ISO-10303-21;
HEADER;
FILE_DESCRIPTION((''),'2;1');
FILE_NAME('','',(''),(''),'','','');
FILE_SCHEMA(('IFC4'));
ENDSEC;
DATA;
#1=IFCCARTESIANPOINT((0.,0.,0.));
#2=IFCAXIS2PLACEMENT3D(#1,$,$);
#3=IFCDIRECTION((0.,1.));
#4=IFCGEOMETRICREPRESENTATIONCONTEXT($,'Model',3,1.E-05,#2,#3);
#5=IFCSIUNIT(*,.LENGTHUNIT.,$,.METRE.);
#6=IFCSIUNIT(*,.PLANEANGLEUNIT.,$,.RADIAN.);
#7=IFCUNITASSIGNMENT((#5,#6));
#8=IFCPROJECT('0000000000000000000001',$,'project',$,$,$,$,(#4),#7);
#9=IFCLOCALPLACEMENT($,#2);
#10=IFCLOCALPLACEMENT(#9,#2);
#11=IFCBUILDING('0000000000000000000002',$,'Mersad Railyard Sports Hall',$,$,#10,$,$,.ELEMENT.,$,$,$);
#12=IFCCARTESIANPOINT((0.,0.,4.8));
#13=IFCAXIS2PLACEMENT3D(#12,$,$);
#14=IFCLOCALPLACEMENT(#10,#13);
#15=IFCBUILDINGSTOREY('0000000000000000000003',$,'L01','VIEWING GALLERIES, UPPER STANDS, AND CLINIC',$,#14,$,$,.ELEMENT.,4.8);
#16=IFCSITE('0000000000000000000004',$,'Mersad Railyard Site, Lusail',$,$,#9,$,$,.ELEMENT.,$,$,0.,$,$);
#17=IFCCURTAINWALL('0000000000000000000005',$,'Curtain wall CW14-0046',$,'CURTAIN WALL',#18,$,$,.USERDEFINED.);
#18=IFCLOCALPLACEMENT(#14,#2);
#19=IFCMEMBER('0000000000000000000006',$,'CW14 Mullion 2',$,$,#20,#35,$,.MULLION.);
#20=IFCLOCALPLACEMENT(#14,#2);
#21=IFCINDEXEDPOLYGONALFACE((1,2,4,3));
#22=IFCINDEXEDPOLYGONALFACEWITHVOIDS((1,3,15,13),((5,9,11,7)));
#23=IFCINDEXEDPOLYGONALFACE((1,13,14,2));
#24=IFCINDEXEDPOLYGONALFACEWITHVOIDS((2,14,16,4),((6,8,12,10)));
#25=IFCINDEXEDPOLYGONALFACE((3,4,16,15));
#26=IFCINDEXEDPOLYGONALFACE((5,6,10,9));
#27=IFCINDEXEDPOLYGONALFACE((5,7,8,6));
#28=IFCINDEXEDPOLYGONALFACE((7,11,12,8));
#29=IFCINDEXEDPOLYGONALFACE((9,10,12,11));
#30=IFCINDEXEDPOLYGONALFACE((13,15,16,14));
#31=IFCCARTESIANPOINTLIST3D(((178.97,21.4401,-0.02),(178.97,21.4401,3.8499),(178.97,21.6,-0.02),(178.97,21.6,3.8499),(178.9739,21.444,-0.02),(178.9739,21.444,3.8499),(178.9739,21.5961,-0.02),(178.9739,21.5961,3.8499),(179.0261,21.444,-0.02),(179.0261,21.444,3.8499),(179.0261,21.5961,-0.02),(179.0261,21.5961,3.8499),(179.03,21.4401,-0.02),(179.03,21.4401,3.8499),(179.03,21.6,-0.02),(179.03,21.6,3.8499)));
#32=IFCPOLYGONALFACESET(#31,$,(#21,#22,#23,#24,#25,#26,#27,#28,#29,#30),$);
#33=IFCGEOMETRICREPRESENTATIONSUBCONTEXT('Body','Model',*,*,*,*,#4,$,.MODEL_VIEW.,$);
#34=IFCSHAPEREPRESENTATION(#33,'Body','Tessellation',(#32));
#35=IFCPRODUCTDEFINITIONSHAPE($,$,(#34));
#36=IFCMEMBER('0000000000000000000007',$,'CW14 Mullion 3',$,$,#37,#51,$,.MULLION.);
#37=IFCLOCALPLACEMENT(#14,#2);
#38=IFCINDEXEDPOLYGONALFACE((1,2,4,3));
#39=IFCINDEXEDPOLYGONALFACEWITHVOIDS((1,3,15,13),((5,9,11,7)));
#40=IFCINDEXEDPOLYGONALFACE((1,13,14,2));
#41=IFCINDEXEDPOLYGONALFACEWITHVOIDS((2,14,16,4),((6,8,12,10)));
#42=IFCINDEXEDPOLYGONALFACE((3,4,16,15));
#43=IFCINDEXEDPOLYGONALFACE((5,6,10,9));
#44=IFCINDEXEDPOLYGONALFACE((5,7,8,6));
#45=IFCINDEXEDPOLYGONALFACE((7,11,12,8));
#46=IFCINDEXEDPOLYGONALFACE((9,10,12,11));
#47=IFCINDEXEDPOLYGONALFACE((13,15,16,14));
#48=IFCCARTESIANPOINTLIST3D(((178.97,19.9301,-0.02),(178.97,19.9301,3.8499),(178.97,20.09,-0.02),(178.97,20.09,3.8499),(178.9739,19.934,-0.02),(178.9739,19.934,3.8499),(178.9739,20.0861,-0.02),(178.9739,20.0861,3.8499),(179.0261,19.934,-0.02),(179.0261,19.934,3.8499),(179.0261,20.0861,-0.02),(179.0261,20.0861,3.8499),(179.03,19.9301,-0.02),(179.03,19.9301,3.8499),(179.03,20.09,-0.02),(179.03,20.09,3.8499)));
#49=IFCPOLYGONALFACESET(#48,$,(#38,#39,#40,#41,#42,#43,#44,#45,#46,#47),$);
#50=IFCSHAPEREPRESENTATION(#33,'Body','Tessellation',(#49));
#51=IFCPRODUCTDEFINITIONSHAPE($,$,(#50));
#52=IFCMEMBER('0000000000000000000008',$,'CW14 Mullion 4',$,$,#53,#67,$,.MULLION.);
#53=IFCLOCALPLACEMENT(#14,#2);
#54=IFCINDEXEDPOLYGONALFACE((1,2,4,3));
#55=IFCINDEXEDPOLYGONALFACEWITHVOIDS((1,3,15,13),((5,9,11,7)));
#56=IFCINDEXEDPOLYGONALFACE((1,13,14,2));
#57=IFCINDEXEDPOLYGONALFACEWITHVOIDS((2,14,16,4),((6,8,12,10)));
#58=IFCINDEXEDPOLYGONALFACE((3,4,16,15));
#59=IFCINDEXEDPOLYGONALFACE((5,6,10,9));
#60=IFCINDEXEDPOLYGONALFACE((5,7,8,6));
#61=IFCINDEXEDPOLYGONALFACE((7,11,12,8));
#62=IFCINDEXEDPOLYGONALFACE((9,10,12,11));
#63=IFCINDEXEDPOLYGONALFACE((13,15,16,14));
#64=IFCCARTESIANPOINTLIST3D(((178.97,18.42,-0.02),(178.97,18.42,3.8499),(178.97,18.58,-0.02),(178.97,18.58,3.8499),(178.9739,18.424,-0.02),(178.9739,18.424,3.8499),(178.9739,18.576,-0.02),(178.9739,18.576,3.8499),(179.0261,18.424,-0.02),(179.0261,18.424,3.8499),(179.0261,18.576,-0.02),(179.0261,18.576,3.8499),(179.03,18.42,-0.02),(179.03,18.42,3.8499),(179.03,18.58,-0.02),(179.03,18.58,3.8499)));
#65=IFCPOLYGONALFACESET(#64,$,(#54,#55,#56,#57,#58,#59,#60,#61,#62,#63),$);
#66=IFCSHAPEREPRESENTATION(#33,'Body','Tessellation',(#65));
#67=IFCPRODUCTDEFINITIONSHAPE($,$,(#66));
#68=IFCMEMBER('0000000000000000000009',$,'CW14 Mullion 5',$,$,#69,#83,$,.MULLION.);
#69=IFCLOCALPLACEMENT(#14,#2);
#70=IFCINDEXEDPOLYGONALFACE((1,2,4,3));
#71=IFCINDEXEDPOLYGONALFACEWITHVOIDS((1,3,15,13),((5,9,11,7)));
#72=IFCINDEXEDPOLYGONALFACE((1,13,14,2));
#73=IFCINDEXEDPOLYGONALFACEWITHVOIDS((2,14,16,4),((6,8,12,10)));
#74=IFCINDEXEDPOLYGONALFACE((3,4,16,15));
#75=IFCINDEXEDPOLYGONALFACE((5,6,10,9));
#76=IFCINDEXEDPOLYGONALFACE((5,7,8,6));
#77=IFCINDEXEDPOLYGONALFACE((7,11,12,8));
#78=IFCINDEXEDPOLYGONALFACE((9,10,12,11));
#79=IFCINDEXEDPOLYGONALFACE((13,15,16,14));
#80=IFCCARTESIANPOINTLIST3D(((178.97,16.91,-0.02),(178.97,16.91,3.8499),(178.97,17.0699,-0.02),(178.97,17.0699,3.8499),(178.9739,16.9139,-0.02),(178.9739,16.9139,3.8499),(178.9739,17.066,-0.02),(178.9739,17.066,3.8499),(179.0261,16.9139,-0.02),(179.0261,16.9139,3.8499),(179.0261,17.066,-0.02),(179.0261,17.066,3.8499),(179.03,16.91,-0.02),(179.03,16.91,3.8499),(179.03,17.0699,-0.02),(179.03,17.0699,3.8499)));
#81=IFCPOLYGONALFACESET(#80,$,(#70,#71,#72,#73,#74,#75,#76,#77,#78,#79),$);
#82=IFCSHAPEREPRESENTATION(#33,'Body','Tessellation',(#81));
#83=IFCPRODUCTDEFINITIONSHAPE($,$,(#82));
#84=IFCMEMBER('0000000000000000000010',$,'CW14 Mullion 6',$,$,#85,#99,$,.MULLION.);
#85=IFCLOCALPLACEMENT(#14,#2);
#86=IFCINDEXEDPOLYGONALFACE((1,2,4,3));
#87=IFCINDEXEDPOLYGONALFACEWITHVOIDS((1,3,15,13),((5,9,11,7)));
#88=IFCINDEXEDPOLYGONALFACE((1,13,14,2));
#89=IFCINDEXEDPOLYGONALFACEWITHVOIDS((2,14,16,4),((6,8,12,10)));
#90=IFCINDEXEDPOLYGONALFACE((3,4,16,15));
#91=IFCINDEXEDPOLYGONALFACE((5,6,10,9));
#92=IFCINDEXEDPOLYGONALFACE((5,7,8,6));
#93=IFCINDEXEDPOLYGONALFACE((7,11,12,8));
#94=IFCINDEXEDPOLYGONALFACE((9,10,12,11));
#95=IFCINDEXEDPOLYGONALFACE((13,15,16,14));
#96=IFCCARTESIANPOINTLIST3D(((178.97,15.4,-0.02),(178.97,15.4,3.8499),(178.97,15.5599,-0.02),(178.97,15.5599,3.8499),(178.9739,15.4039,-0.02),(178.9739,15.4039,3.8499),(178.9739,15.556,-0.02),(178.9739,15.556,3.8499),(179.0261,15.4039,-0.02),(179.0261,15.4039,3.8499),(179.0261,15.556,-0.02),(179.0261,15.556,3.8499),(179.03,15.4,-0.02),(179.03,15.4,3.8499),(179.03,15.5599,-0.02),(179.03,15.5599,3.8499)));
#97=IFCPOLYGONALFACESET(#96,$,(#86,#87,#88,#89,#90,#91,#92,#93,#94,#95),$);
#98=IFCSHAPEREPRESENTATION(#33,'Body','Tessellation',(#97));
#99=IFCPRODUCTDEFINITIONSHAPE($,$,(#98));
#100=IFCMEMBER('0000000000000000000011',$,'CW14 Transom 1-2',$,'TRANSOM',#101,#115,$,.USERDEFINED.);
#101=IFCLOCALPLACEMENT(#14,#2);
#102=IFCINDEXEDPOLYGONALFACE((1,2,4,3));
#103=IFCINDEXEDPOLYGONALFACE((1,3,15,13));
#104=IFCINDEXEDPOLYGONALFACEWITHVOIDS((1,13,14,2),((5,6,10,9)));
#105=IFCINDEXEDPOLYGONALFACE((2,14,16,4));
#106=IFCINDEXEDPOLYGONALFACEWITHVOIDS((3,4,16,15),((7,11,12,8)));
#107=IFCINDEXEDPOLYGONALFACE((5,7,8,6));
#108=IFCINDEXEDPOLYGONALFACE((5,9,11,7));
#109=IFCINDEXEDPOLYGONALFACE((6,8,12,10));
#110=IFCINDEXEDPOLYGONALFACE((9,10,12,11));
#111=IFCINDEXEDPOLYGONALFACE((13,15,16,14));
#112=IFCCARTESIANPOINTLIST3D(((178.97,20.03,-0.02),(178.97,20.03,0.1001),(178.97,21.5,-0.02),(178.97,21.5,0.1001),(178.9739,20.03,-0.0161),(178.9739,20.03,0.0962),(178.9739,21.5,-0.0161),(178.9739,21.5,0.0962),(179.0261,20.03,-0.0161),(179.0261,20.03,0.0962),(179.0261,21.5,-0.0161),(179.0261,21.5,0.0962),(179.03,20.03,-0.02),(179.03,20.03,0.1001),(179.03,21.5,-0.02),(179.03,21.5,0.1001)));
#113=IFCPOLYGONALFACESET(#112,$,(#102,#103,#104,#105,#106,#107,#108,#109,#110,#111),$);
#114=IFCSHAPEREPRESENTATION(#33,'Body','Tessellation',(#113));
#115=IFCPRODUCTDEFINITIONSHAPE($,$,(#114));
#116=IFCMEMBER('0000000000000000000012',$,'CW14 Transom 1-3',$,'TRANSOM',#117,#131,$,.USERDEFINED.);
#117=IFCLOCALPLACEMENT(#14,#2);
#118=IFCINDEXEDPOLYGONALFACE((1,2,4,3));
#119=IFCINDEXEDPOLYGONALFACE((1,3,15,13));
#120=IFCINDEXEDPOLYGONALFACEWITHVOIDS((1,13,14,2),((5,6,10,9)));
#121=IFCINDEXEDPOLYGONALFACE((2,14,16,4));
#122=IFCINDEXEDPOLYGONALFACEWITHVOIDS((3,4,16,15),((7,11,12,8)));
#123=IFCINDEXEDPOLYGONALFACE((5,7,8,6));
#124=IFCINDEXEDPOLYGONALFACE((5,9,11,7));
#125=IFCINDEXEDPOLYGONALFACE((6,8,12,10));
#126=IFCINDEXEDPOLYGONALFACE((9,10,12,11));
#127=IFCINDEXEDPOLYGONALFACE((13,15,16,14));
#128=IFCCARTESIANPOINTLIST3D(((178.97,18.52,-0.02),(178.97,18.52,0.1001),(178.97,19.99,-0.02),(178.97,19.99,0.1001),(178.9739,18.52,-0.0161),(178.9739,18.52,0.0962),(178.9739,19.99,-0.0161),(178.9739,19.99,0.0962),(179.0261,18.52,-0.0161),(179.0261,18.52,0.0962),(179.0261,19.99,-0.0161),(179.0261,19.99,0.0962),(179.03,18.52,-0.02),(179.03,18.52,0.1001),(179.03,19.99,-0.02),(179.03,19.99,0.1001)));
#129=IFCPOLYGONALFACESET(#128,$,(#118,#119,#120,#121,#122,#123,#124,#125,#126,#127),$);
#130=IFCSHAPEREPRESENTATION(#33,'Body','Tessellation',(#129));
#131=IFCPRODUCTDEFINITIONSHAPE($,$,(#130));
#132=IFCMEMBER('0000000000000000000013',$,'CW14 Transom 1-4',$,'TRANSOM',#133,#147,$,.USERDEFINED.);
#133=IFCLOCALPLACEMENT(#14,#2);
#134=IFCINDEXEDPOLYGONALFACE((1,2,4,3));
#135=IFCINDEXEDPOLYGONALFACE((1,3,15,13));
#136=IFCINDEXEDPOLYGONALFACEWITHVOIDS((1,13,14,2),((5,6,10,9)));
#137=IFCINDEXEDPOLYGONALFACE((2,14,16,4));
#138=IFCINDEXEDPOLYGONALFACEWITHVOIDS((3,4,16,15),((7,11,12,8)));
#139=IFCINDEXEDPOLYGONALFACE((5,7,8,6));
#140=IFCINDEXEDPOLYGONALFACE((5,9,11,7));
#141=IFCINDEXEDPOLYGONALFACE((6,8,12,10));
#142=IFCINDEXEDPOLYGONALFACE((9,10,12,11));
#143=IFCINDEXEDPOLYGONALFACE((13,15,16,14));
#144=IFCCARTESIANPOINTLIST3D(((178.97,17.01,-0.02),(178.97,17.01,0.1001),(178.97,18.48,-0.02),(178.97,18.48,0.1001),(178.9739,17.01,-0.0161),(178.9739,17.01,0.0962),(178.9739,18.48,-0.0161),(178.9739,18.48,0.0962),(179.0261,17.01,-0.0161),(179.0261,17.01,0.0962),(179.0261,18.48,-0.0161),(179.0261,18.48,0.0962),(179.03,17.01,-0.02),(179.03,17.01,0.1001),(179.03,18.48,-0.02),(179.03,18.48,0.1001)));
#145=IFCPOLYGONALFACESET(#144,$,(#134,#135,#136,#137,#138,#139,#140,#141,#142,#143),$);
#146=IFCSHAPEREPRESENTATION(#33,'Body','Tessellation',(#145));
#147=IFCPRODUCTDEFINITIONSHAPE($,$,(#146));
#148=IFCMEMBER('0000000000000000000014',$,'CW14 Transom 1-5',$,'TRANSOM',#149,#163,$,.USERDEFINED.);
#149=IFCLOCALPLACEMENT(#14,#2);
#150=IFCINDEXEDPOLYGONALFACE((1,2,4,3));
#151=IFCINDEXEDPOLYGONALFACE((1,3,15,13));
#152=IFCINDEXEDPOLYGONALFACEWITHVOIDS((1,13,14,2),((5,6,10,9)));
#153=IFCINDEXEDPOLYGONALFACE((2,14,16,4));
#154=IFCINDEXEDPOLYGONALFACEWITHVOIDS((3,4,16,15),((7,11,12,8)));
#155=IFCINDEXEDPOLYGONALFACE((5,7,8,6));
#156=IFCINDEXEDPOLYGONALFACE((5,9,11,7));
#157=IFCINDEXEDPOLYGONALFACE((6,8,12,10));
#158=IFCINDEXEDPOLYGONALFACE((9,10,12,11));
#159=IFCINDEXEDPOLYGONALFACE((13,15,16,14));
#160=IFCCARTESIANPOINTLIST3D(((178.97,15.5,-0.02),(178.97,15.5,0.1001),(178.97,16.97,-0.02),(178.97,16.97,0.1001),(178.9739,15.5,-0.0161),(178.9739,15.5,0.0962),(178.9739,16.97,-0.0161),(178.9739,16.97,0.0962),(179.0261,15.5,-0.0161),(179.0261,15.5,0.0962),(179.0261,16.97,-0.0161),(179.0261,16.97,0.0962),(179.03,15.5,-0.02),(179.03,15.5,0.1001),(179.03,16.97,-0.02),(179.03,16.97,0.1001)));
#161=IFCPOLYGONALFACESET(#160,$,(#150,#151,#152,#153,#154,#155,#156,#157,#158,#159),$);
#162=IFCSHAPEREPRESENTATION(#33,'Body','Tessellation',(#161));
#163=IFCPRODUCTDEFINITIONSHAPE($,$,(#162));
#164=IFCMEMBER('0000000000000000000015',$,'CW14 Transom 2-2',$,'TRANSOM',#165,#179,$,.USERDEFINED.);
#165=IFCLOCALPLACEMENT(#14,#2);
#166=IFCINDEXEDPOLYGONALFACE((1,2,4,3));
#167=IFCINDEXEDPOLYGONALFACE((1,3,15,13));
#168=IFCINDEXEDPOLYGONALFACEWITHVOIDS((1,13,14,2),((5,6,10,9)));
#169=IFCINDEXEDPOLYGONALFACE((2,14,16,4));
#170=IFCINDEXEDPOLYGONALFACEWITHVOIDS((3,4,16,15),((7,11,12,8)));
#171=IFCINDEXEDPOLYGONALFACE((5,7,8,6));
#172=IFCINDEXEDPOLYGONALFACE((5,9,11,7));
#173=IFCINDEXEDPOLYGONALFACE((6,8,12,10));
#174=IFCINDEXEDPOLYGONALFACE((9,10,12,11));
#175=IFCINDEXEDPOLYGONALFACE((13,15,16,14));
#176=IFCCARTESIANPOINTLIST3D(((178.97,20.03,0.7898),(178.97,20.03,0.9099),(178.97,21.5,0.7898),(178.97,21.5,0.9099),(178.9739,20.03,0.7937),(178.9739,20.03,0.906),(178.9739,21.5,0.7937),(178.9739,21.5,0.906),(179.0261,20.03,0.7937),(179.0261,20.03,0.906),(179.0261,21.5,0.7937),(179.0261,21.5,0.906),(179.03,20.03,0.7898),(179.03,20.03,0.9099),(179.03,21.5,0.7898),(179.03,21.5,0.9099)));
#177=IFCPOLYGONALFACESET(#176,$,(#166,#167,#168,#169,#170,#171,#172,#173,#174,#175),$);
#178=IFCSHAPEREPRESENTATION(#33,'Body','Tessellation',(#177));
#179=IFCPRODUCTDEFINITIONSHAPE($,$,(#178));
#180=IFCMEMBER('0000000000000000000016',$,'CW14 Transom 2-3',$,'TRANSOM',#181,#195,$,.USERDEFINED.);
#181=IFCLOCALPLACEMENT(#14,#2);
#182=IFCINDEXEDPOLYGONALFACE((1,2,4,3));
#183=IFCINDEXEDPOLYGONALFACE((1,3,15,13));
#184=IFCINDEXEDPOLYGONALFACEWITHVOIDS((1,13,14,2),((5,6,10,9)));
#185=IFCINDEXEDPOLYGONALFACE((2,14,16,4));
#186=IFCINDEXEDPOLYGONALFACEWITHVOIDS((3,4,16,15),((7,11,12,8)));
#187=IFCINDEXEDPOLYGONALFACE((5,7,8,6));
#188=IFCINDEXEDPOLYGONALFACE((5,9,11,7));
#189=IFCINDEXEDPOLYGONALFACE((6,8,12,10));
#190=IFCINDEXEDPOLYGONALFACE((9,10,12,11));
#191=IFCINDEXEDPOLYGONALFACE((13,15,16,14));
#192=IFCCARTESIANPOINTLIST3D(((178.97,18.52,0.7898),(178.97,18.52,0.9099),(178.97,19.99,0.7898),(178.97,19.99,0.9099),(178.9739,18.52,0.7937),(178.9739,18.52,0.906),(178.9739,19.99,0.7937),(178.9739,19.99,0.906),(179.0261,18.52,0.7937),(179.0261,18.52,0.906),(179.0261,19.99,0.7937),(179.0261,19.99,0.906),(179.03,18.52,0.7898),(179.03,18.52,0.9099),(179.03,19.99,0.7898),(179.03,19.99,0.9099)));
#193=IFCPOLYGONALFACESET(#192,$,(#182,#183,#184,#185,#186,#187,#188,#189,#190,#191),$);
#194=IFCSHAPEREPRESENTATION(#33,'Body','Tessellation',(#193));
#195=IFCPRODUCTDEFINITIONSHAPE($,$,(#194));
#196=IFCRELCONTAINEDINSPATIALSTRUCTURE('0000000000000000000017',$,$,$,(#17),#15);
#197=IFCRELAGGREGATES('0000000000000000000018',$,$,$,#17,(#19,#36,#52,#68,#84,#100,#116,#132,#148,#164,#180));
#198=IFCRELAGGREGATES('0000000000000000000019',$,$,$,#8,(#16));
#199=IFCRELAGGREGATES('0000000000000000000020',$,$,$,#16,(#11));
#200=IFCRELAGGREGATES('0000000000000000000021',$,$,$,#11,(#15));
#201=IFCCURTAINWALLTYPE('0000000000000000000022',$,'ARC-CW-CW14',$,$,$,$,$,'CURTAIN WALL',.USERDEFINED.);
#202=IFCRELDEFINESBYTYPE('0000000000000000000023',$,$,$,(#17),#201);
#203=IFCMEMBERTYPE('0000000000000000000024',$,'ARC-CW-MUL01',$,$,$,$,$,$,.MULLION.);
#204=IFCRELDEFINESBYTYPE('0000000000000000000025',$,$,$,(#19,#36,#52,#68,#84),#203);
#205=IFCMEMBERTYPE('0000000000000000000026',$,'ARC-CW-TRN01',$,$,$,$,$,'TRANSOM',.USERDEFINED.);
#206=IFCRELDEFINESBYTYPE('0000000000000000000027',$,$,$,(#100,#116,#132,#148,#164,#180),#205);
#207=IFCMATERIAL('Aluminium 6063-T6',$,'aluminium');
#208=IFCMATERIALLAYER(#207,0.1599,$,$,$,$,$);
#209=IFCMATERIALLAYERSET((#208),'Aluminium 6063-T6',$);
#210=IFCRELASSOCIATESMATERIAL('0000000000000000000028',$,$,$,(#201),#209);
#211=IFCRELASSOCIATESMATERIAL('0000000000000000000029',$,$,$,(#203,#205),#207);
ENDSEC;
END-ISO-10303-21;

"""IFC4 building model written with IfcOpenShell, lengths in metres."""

from ifc_helpers import new_model, si_unit, direction, frame, origin, origin_2d, place, context, subcontext, project, spatial, hollow_rectangle, extrude, material, layer, layer_set, material_profile, profile_set, type_object, element, aggregate, save


model = new_model("IFC4")

# Units and contexts
model_context = context("Model", 3, precision=1e-05, world=origin(), true_north=direction((0.0, 1.0)))
body_context = subcontext(model_context, "Body", "Model", "MODEL_VIEW")
ifc_project = project(units=[si_unit("LENGTHUNIT", "METRE"), si_unit("PLANEANGLEUNIT", "RADIAN")], contexts=[model_context])

# Site, building, storey
site_placement = place(None, origin())
site = spatial("IfcSite", under=ifc_project, at=site_placement, Name="Mersad Railyard Site, Lusail", CompositionType="ELEMENT", RefElevation=0.0)
building_placement = place(site_placement, origin())
building = spatial("IfcBuilding", under=site, at=building_placement, Name="Mersad Railyard Sports Hall", CompositionType="ELEMENT")
storey_placement = place(building_placement, frame((0.0, 0.0, 4.8)))
storey = spatial("IfcBuildingStorey", under=building, at=storey_placement, Name="L01", Description="VIEWING GALLERIES, UPPER STANDS, AND CLINIC", CompositionType="ELEMENT", Elevation=4.8)

# Curtain wall, members
ifc_material_1 = material(Name="Aluminium 6063-T6", Category="aluminium")
ifc_layer_1 = layer(ifc_material_1, 0.1599)
ifc_layer_set_1 = layer_set([ifc_layer_1], Name="Aluminium 6063-T6")
curtain_wall_type = type_object("IfcCurtainWallType", Name="ARC-CW-CW14", ElementType="CURTAIN WALL", PredefinedType="USERDEFINED", material=ifc_layer_set_1)
curtain_wall_placement = place(storey_placement, origin())
curtain_wall = element("IfcCurtainWall", 1, at=curtain_wall_placement, inside=storey, type_object=curtain_wall_type, Name="Curtain wall CW14-0046", ObjectType="CURTAIN WALL", PredefinedType="USERDEFINED")
ifc_material_profile_1 = material_profile(ifc_material_1, hollow_rectangle(XDim=0.0601, YDim=0.1599, WallThickness=0.0039, at=origin_2d()), Name="AL MULLION 60x160x4")
ifc_profile_set_1 = profile_set([ifc_material_profile_1], Name="Aluminium 6063-T6")
member_type_1 = type_object("IfcMemberType", Name="ARC-CW-MUL01", PredefinedType="MULLION", material=ifc_profile_set_1)
member_1_placement = place(storey_placement, frame((179.0, 21.52, -0.02), z_axis=(0.0, 0.0, 1.0), x_axis=(1.0, 0.0, 0.0)))
member_1 = element("IfcMember", 2, at=member_1_placement, type_object=member_type_1, Name="CW14 Mullion 2", PredefinedType="MULLION", context=body_context, shape_type="SweptSolid", body=[
    extrude(hollow_rectangle(XDim=0.0601, YDim=0.1599, WallThickness=0.0039, at=origin_2d()), origin(), (0.0, 0.0, 1.0), 3.8699),
])
member_2_placement = place(storey_placement, frame((179.0, 20.01, -0.02), z_axis=(0.0, 0.0, 1.0), x_axis=(1.0, 0.0, 0.0)))
member_2 = element("IfcMember", 3, at=member_2_placement, type_object=member_type_1, Name="CW14 Mullion 3", PredefinedType="MULLION", context=body_context, shape_type="SweptSolid", body=[
    extrude(hollow_rectangle(XDim=0.0601, YDim=0.1599, WallThickness=0.0039, at=origin_2d()), origin(), (0.0, 0.0, 1.0), 3.8699),
])
member_3_placement = place(storey_placement, frame((179.0, 18.5, -0.02), z_axis=(0.0, 0.0, 1.0), x_axis=(1.0, 0.0, 0.0)))
member_3 = element("IfcMember", 4, at=member_3_placement, type_object=member_type_1, Name="CW14 Mullion 4", PredefinedType="MULLION", context=body_context, shape_type="SweptSolid", body=[
    extrude(hollow_rectangle(XDim=0.0601, YDim=0.1599, WallThickness=0.0039, at=origin_2d()), origin(), (0.0, 0.0, 1.0), 3.8699),
])
member_4_placement = place(storey_placement, frame((179.0, 16.99, -0.02), z_axis=(0.0, 0.0, 1.0), x_axis=(1.0, 0.0, 0.0)))
member_4 = element("IfcMember", 5, at=member_4_placement, type_object=member_type_1, Name="CW14 Mullion 5", PredefinedType="MULLION", context=body_context, shape_type="SweptSolid", body=[
    extrude(hollow_rectangle(XDim=0.0601, YDim=0.1599, WallThickness=0.0039, at=origin_2d()), origin(), (0.0, 0.0, 1.0), 3.8699),
])
member_5_placement = place(storey_placement, frame((179.0, 15.48, -0.02), z_axis=(0.0, 0.0, 1.0), x_axis=(1.0, 0.0, 0.0)))
member_5 = element("IfcMember", 6, at=member_5_placement, type_object=member_type_1, Name="CW14 Mullion 6", PredefinedType="MULLION", context=body_context, shape_type="SweptSolid", body=[
    extrude(hollow_rectangle(XDim=0.0601, YDim=0.1599, WallThickness=0.0039, at=origin_2d()), origin(), (0.0, 0.0, 1.0), 3.8699),
])
ifc_material_profile_2 = material_profile(ifc_material_1, hollow_rectangle(XDim=0.0601, YDim=0.1201, WallThickness=0.0039, at=origin_2d()), Name="AL TRANSOM 60x120x4")
ifc_profile_set_2 = profile_set([ifc_material_profile_2], Name="Aluminium 6063-T6")
member_type_2 = type_object("IfcMemberType", Name="ARC-CW-TRN01", ElementType="TRANSOM", PredefinedType="USERDEFINED", material=ifc_profile_set_2)
member_6_placement = place(storey_placement, frame((179.0, 21.5, 0.04), z_axis=(0.0, -1.0, 0.0), x_axis=(1.0, 0.0, 0.0)))
member_6 = element("IfcMember", 7, at=member_6_placement, type_object=member_type_2, Name="CW14 Transom 1-2", ObjectType="TRANSOM", PredefinedType="USERDEFINED", context=body_context, shape_type="SweptSolid", body=[
    extrude(hollow_rectangle(XDim=0.0601, YDim=0.1201, WallThickness=0.0039, at=origin_2d()), origin(), (0.0, 0.0, 1.0), 1.47),
])
member_7_placement = place(storey_placement, frame((179.0, 19.99, 0.04), z_axis=(0.0, -1.0, 0.0), x_axis=(1.0, 0.0, 0.0)))
member_7 = element("IfcMember", 8, at=member_7_placement, type_object=member_type_2, Name="CW14 Transom 1-3", ObjectType="TRANSOM", PredefinedType="USERDEFINED", context=body_context, shape_type="SweptSolid", body=[
    extrude(hollow_rectangle(XDim=0.0601, YDim=0.1201, WallThickness=0.0039, at=origin_2d()), origin(), (0.0, 0.0, 1.0), 1.47),
])
member_8_placement = place(storey_placement, frame((179.0, 18.48, 0.04), z_axis=(0.0, -1.0, 0.0), x_axis=(1.0, 0.0, 0.0)))
member_8 = element("IfcMember", 9, at=member_8_placement, type_object=member_type_2, Name="CW14 Transom 1-4", ObjectType="TRANSOM", PredefinedType="USERDEFINED", context=body_context, shape_type="SweptSolid", body=[
    extrude(hollow_rectangle(XDim=0.0601, YDim=0.1201, WallThickness=0.0039, at=origin_2d()), origin(), (0.0, 0.0, 1.0), 1.47),
])
member_9_placement = place(storey_placement, frame((179.0, 16.97, 0.04), z_axis=(0.0, -1.0, 0.0), x_axis=(1.0, 0.0, 0.0)))
member_9 = element("IfcMember", 10, at=member_9_placement, type_object=member_type_2, Name="CW14 Transom 1-5", ObjectType="TRANSOM", PredefinedType="USERDEFINED", context=body_context, shape_type="SweptSolid", body=[
    extrude(hollow_rectangle(XDim=0.0601, YDim=0.1201, WallThickness=0.0039, at=origin_2d()), origin(), (0.0, 0.0, 1.0), 1.47),
])
member_10_placement = place(storey_placement, frame((179.0, 21.5, 0.8499), z_axis=(0.0, -1.0, 0.0), x_axis=(1.0, 0.0, 0.0)))
member_10 = element("IfcMember", 11, at=member_10_placement, type_object=member_type_2, Name="CW14 Transom 2-2", ObjectType="TRANSOM", PredefinedType="USERDEFINED", context=body_context, shape_type="SweptSolid", body=[
    extrude(hollow_rectangle(XDim=0.0601, YDim=0.1201, WallThickness=0.0039, at=origin_2d()), origin(), (0.0, 0.0, 1.0), 1.47),
])
member_11_placement = place(storey_placement, frame((179.0, 19.99, 0.8499), z_axis=(0.0, -1.0, 0.0), x_axis=(1.0, 0.0, 0.0)))
member_11 = element("IfcMember", 12, at=member_11_placement, type_object=member_type_2, Name="CW14 Transom 2-3", ObjectType="TRANSOM", PredefinedType="USERDEFINED", context=body_context, shape_type="SweptSolid", body=[
    extrude(hollow_rectangle(XDim=0.0601, YDim=0.1201, WallThickness=0.0039, at=origin_2d()), origin(), (0.0, 0.0, 1.0), 1.47),
])
aggregate(curtain_wall, [member_1, member_2, member_3, member_4, member_5, member_6, member_7, member_8, member_9, member_10, member_11])

save(model, "model.ifc")
